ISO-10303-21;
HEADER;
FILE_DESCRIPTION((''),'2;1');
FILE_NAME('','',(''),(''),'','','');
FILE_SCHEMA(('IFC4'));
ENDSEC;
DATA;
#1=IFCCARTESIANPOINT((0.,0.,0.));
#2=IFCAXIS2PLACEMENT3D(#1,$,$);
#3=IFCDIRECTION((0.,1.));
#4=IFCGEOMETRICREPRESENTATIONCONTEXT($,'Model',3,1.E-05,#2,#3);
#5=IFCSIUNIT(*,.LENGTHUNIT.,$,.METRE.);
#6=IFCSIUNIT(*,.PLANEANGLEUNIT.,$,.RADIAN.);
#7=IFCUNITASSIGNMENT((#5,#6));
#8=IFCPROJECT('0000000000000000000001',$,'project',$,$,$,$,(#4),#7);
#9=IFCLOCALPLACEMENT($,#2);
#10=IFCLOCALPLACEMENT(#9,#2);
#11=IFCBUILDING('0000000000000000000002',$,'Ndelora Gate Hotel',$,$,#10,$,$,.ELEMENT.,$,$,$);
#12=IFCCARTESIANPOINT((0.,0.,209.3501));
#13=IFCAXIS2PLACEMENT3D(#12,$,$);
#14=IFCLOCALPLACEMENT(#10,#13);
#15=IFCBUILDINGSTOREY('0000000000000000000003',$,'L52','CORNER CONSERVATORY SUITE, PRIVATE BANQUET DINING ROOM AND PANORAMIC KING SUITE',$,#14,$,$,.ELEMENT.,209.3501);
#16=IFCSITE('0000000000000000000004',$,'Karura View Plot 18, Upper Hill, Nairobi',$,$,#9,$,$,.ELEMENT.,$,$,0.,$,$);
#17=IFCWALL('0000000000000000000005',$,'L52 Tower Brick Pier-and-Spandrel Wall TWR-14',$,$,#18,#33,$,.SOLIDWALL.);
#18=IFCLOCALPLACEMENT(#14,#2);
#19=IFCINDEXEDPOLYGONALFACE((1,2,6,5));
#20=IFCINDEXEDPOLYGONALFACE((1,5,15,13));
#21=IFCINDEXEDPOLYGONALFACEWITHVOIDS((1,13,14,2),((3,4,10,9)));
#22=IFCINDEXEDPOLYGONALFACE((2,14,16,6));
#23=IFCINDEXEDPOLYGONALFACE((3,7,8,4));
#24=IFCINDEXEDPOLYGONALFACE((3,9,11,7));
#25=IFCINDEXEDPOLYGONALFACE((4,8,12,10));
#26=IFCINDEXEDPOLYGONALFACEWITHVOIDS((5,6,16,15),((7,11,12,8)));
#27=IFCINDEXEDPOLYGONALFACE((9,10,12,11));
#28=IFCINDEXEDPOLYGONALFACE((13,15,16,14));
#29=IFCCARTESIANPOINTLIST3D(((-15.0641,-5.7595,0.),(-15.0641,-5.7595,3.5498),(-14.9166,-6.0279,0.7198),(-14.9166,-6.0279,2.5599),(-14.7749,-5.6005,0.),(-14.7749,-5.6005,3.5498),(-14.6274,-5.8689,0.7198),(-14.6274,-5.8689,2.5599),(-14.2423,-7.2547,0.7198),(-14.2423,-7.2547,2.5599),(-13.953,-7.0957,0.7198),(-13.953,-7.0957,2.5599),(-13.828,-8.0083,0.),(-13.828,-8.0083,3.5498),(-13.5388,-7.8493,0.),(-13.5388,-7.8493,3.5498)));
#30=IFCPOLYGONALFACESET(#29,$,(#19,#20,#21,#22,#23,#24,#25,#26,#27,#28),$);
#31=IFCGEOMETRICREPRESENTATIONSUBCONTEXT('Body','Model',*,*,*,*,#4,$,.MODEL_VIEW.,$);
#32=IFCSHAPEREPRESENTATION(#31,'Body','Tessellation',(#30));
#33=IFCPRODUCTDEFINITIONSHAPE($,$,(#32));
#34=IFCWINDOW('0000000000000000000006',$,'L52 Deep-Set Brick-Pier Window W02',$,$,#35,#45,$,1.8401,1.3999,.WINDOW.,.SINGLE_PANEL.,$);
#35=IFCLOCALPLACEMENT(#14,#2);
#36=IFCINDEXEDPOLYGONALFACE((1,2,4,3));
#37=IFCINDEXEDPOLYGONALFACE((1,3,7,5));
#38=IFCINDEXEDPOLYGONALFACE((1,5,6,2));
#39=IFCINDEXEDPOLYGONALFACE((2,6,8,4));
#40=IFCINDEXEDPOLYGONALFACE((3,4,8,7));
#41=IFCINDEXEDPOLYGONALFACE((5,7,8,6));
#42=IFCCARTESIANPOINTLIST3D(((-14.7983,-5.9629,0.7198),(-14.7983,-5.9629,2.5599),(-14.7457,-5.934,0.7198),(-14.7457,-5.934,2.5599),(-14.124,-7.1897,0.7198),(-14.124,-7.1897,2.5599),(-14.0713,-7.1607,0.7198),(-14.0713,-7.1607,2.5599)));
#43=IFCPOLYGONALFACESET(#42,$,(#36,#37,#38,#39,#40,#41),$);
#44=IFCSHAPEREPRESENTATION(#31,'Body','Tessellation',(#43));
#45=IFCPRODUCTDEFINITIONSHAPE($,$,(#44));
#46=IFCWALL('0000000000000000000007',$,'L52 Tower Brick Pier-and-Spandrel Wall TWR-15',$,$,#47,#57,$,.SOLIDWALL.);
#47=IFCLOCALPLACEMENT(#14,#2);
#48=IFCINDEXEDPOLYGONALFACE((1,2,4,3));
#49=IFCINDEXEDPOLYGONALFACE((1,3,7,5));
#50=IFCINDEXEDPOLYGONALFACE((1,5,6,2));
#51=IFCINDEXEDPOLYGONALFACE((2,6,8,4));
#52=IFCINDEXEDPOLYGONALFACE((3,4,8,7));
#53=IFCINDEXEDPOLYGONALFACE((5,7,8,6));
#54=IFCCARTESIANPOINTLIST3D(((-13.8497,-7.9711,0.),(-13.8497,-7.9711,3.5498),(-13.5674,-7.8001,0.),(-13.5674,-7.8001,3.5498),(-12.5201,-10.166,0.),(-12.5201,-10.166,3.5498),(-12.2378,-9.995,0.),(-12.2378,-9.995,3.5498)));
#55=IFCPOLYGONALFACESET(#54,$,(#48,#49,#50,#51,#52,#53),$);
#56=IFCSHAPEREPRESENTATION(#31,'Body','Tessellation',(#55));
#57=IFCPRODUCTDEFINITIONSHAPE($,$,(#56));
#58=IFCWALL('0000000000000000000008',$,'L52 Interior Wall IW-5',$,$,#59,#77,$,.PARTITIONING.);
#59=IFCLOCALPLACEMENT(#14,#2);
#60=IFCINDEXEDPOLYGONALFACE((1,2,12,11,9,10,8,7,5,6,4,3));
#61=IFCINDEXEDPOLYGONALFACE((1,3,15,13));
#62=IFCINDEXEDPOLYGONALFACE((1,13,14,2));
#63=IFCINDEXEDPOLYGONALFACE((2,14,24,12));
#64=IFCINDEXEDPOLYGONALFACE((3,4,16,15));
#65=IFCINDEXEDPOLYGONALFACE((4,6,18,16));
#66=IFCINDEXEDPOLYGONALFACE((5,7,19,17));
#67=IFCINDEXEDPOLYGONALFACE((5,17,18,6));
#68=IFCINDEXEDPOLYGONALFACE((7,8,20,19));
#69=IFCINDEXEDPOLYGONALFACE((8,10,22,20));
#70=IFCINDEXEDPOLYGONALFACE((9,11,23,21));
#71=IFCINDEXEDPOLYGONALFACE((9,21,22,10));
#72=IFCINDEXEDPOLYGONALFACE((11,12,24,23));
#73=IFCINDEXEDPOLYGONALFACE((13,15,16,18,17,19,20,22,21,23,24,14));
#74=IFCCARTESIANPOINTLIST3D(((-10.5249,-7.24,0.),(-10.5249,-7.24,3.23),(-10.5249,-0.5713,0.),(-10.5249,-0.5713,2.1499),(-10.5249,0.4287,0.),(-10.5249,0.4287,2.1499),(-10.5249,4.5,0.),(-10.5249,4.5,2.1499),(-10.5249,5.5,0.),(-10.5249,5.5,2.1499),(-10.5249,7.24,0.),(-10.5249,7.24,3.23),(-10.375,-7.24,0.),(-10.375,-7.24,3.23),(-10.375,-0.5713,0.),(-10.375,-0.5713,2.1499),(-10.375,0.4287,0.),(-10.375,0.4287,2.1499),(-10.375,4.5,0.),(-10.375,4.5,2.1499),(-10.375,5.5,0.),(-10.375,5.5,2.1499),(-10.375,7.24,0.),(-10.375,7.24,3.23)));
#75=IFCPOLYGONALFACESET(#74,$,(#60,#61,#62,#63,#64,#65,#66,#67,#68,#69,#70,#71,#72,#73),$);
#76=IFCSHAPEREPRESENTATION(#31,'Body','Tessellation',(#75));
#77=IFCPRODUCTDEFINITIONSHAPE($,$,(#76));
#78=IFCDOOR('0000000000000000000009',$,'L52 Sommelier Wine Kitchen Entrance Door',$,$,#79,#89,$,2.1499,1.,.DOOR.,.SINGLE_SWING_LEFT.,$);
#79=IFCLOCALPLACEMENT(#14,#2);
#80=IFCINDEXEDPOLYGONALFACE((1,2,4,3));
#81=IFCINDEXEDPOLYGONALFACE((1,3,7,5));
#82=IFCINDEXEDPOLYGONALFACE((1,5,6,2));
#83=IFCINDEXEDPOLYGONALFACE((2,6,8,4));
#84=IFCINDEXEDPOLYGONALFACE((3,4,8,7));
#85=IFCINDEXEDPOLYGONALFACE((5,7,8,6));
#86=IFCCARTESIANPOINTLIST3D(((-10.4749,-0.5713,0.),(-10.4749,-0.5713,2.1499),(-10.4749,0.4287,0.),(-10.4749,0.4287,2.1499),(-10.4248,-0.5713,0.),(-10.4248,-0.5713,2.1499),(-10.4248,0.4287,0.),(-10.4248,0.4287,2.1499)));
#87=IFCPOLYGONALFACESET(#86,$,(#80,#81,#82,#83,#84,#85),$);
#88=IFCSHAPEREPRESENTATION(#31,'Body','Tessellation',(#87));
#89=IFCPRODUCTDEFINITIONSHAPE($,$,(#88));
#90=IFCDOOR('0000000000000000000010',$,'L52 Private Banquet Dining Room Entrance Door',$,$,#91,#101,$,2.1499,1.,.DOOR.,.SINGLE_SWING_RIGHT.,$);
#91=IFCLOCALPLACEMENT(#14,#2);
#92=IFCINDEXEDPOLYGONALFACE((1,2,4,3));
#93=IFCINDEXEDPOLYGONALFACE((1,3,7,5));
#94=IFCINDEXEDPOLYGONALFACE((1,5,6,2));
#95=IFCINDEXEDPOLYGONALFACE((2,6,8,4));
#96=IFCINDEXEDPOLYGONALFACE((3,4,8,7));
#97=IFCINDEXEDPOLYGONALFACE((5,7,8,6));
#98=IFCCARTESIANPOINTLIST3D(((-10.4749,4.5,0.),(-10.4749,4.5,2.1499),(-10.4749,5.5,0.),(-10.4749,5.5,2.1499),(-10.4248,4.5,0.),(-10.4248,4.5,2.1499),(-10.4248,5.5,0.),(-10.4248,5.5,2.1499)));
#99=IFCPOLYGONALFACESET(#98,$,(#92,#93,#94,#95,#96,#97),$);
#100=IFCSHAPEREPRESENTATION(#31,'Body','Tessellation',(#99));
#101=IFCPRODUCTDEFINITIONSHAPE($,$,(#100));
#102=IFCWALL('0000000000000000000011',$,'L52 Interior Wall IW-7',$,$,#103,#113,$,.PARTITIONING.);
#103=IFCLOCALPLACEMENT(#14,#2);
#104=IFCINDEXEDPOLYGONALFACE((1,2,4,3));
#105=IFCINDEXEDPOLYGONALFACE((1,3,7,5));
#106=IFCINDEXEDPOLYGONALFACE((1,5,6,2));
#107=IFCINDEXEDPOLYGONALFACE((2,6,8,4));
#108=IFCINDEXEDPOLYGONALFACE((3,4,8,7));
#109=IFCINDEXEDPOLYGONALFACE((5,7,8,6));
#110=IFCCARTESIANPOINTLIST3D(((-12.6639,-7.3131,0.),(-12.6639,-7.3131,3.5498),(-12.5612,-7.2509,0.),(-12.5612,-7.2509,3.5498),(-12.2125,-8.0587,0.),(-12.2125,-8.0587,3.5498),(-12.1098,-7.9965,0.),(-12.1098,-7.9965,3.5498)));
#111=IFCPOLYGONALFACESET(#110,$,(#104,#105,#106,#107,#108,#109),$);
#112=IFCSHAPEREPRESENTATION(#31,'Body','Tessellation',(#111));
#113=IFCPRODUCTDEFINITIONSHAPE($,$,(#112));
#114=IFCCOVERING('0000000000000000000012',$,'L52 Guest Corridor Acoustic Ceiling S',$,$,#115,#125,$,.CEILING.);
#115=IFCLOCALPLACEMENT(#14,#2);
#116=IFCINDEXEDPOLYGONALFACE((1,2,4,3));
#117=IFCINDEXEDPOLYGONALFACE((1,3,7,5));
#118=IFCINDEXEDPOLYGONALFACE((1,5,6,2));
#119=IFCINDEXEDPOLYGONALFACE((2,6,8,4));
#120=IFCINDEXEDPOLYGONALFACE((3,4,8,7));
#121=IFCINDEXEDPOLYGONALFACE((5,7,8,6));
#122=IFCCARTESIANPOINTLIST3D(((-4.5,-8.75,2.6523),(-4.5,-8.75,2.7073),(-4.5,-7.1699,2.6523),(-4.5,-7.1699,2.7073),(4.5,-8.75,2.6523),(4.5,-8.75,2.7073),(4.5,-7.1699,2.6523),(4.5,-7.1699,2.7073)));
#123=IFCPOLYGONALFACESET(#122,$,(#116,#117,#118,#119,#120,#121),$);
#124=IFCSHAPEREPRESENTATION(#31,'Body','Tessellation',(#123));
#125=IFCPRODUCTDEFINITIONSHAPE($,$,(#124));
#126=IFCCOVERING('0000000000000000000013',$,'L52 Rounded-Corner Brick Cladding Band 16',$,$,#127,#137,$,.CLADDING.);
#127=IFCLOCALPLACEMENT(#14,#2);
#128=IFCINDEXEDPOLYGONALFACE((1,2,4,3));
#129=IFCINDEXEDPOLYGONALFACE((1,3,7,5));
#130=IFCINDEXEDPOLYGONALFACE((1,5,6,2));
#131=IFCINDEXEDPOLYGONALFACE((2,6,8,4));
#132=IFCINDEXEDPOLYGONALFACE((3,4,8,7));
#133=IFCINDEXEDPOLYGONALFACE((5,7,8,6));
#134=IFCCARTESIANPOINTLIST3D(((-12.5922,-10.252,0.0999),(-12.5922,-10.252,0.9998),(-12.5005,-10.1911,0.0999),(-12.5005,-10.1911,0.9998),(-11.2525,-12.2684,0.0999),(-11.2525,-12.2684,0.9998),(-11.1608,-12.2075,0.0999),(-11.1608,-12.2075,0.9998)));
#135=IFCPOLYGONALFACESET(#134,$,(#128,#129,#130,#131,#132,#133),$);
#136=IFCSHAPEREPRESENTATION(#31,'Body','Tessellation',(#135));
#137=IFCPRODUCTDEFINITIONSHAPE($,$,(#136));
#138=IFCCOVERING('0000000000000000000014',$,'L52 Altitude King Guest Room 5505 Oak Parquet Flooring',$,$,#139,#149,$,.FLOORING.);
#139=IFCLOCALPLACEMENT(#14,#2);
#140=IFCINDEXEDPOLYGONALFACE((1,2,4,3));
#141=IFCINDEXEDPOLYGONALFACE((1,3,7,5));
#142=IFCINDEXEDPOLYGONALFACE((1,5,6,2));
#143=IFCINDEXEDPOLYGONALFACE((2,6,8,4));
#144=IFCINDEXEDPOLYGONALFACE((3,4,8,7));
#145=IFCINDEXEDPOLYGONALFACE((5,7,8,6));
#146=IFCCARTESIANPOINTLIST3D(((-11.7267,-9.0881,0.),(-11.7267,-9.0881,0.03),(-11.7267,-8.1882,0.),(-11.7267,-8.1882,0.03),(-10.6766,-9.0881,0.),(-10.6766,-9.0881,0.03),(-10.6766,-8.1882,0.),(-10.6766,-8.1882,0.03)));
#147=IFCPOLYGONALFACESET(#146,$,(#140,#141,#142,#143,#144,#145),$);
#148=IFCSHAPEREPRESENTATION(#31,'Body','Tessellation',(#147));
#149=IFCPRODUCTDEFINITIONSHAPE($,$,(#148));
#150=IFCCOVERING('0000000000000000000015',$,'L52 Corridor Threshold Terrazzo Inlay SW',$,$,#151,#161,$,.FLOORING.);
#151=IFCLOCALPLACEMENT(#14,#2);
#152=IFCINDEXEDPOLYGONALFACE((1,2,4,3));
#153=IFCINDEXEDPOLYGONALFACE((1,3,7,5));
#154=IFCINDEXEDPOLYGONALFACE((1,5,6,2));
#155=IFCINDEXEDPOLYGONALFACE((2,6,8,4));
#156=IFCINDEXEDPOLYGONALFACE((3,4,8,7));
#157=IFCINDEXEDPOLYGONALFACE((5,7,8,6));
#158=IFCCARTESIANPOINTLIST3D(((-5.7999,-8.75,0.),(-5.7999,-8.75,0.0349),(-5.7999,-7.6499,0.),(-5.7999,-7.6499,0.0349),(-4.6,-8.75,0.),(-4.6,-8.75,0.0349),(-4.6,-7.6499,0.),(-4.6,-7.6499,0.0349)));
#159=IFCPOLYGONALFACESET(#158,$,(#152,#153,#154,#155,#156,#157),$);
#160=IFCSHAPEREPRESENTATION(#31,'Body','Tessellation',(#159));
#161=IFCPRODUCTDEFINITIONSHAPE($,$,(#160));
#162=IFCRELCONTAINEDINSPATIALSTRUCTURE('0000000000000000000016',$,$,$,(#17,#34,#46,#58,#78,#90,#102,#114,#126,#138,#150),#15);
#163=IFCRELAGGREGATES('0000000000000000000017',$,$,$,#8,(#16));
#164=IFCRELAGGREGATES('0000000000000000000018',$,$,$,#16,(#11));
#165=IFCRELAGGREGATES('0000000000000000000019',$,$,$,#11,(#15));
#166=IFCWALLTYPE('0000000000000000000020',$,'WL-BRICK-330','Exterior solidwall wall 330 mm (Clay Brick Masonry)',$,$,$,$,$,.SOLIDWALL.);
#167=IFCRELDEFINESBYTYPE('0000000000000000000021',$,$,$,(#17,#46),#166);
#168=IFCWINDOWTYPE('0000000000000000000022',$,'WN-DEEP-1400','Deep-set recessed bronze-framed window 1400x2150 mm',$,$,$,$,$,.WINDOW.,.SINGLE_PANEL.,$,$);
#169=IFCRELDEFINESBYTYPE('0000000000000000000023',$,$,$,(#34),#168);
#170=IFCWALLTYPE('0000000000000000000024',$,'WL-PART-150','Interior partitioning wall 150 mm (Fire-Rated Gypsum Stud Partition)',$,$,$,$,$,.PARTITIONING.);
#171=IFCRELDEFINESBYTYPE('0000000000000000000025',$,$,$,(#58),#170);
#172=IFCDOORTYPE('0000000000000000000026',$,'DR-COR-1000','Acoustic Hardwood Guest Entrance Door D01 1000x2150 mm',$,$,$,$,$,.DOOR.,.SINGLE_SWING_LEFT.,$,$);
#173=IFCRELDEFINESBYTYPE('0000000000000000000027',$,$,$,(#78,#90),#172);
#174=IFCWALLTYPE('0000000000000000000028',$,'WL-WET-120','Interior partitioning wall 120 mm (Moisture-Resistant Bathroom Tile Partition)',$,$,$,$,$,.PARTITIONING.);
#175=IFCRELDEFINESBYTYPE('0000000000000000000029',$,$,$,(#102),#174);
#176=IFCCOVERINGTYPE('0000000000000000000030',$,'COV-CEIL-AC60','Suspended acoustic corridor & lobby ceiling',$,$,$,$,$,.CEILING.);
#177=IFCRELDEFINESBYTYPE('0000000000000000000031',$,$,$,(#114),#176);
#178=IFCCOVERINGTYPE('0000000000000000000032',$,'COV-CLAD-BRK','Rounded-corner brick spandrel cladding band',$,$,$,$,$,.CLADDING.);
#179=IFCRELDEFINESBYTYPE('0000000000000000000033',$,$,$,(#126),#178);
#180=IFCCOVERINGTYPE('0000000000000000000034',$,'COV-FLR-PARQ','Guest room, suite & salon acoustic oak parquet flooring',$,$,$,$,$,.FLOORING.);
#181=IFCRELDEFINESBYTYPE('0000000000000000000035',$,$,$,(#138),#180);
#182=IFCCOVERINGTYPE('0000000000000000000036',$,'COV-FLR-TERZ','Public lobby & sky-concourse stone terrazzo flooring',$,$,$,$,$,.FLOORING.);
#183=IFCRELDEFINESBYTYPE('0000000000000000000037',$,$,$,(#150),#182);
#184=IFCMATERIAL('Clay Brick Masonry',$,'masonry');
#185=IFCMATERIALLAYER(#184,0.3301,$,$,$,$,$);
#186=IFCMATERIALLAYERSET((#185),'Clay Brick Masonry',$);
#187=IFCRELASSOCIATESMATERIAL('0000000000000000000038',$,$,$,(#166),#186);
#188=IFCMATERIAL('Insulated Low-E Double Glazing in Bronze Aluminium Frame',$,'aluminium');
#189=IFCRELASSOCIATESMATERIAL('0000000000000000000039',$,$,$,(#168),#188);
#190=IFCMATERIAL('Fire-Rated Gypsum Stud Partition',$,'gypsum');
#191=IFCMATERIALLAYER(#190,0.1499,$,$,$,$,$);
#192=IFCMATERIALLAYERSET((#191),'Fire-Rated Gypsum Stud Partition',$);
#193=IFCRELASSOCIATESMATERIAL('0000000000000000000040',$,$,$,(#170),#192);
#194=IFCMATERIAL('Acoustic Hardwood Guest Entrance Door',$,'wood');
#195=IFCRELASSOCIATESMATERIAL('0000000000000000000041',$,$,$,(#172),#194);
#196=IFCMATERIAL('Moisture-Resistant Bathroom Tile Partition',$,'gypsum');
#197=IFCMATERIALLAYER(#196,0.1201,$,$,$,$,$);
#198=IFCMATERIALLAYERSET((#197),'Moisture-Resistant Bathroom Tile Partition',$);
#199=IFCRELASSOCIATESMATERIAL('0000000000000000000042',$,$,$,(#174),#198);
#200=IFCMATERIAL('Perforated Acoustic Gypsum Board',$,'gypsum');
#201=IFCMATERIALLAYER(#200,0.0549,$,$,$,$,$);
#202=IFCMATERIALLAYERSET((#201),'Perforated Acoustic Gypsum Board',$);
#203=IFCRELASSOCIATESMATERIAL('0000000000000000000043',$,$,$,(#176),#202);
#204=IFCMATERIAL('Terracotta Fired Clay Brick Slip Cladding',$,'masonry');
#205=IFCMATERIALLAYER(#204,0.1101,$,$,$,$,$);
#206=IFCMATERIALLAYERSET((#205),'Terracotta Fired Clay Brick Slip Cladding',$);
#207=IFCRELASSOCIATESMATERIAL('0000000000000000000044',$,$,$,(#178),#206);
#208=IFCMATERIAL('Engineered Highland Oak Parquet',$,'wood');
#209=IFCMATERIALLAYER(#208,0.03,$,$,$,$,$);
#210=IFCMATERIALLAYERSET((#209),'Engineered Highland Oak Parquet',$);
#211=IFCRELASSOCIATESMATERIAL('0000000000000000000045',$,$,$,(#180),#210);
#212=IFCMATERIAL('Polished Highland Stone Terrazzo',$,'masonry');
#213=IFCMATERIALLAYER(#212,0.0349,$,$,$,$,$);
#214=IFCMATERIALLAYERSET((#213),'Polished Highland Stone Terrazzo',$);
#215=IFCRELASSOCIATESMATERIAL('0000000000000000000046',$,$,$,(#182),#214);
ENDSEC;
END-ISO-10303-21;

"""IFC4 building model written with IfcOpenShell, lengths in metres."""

from ifc_helpers import new_model, si_unit, direction, frame, frame_2d, origin, origin_2d, place, context, subcontext, project, spatial, rectangle, extrude, material, layer, layer_set, type_object, element, fill, save


model = new_model("IFC4")

# Units and contexts
model_context = context("Model", 3, precision=1e-05, world=origin(), true_north=direction((0.0, 1.0)))
body_context = subcontext(model_context, "Body", "Model", "MODEL_VIEW")
ifc_project = project(units=[si_unit("LENGTHUNIT", "METRE"), si_unit("PLANEANGLEUNIT", "RADIAN")], contexts=[model_context])

# Site, building, storey
site_placement = place(None, origin())
site = spatial("IfcSite", under=ifc_project, at=site_placement, Name="Karura View Plot 18, Upper Hill, Nairobi", CompositionType="ELEMENT", RefElevation=0.0)
building_placement = place(site_placement, origin())
building = spatial("IfcBuilding", under=site, at=building_placement, Name="Ndelora Gate Hotel", CompositionType="ELEMENT")
storey_placement = place(building_placement, frame((0.0, 0.0, 209.3501)))
storey = spatial("IfcBuildingStorey", under=building, at=storey_placement, Name="L52", Description="CORNER CONSERVATORY SUITE, PRIVATE BANQUET DINING ROOM AND PANORAMIC KING SUITE", CompositionType="ELEMENT", Elevation=209.3501)

# Wall, opening, window
ifc_material_1 = material(Name="Clay Brick Masonry", Category="masonry")
ifc_layer_1 = layer(ifc_material_1, 0.3301)
ifc_layer_set_1 = layer_set([ifc_layer_1], Name="Clay Brick Masonry")
wall_type_1 = type_object("IfcWallType", Name="WL-BRICK-330", Description="Exterior solidwall wall 330 mm (Clay Brick Masonry)", PredefinedType="SOLIDWALL", material=ifc_layer_set_1)
wall_1_placement = place(storey_placement, frame((-13.6833, -7.929, 0.0), z_axis=(0.0, 0.0, 1.0), x_axis=(-0.481696, 0.876338, 0.0)))
wall_1 = element("IfcWall", 1, at=wall_1_placement, inside=storey, type_object=wall_type_1, Name="L52 Tower Brick Pier-and-Spandrel Wall TWR-14", PredefinedType="SOLIDWALL", context=body_context, shape_type="SweptSolid", body=[
    extrude(rectangle(XDim=2.5662, YDim=0.3301, at=frame_2d((1.2832, 0.0))), origin(), (0.0, 0.0, 1.0), 3.5498),
])
opening_1_placement = place(wall_1_placement, frame((0.8601, 0.0, 0.72)))
opening_1 = element("IfcOpeningElement", 2, at=opening_1_placement, cuts=wall_1, PredefinedType="OPENING", context=body_context, shape_type="SweptSolid", body=[
    extrude(rectangle(XDim=1.3999, YDim=1.8401, at=frame_2d((0.7, 0.9199))), frame((0.0, 0.175, 0.0), z_axis=(0.0, -1.0, 0.0), x_axis=(1.0, 0.0, 0.0)), (0.0, 0.0, 1.0), 0.3501),
])
ifc_material_2 = material(Name="Insulated Low-E Double Glazing in Bronze Aluminium Frame", Category="aluminium")
window_type = type_object("IfcWindowType", Name="WN-DEEP-1400", Description="Deep-set recessed bronze-framed window 1400x2150 mm", PartitioningType="SINGLE_PANEL", PredefinedType="WINDOW", material=ifc_material_2)
window_placement = place(opening_1_placement, origin())
window = element("IfcWindow", 3, at=window_placement, inside=storey, type_object=window_type, Name="L52 Deep-Set Brick-Pier Window W02", OverallHeight=1.8401, OverallWidth=1.3999, PartitioningType="SINGLE_PANEL", PredefinedType="WINDOW", context=body_context, shape_type="SweptSolid", body=[
    extrude(rectangle(XDim=1.3999, YDim=1.8401, at=frame_2d((0.7, 0.9199))), frame((0.0, 0.03, 0.0), z_axis=(0.0, -1.0, 0.0), x_axis=(1.0, 0.0, 0.0)), (0.0, 0.0, 1.0), 0.0601),
])
fill(opening_1, window)

# Wall
wall_2_placement = place(storey_placement, frame((-12.3789, -10.0806, 0.0), z_axis=(0.0, 0.0, 1.0), x_axis=(-0.518129, 0.855303, 0.0)))
element("IfcWall", 4, at=wall_2_placement, inside=storey, type_object=wall_type_1, Name="L52 Tower Brick Pier-and-Spandrel Wall TWR-15", PredefinedType="SOLIDWALL", context=body_context, shape_type="SweptSolid", body=[
    extrude(rectangle(XDim=2.5662, YDim=0.3301, at=frame_2d((1.2832, 0.0))), origin(), (0.0, 0.0, 1.0), 3.5498),
])

# Wall, openings, doors
ifc_material_3 = material(Name="Fire-Rated Gypsum Stud Partition", Category="gypsum")
ifc_layer_2 = layer(ifc_material_3, 0.1499)
ifc_layer_set_2 = layer_set([ifc_layer_2], Name="Fire-Rated Gypsum Stud Partition")
wall_type_2 = type_object("IfcWallType", Name="WL-PART-150", Description="Interior partitioning wall 150 mm (Fire-Rated Gypsum Stud Partition)", PredefinedType="PARTITIONING", material=ifc_layer_set_2)
wall_3_placement = place(storey_placement, frame((-10.45, -7.24, 0.0), z_axis=(0.0, 0.0, 1.0), x_axis=(0.0, 1.0, 0.0)))
wall_3 = element("IfcWall", 5, at=wall_3_placement, inside=storey, type_object=wall_type_2, Name="L52 Interior Wall IW-5", PredefinedType="PARTITIONING", context=body_context, shape_type="SweptSolid", body=[
    extrude(rectangle(XDim=14.48, YDim=0.1499, at=frame_2d((7.24, 0.0))), origin(), (0.0, 0.0, 1.0), 3.23),
])
opening_2_placement = place(wall_3_placement, frame((6.6687, 0.0, 0.0)))
opening_2 = element("IfcOpeningElement", 6, at=opening_2_placement, cuts=wall_3, PredefinedType="OPENING", context=body_context, shape_type="SweptSolid", body=[
    extrude(rectangle(XDim=1.0, YDim=2.1499, at=frame_2d((0.5, 1.075))), frame((0.0, 0.085, 0.0), z_axis=(0.0, -1.0, 0.0), x_axis=(1.0, 0.0, 0.0)), (0.0, 0.0, 1.0), 0.1699),
])
opening_3_placement = place(wall_3_placement, frame((11.74, 0.0, 0.0)))
opening_3 = element("IfcOpeningElement", 7, at=opening_3_placement, cuts=wall_3, PredefinedType="OPENING", context=body_context, shape_type="SweptSolid", body=[
    extrude(rectangle(XDim=1.0, YDim=2.1499, at=frame_2d((0.5, 1.075))), frame((0.0, 0.085, 0.0), z_axis=(0.0, -1.0, 0.0), x_axis=(1.0, 0.0, 0.0)), (0.0, 0.0, 1.0), 0.1699),
])
ifc_material_4 = material(Name="Acoustic Hardwood Guest Entrance Door", Category="wood")
door_type = type_object("IfcDoorType", Name="DR-COR-1000", Description="Acoustic Hardwood Guest Entrance Door D01 1000x2150 mm", OperationType="SINGLE_SWING_LEFT", PredefinedType="DOOR", material=ifc_material_4)
door_1_placement = place(opening_2_placement, origin())
door_1 = element("IfcDoor", 8, at=door_1_placement, inside=storey, type_object=door_type, Name="L52 Sommelier Wine Kitchen Entrance Door", OperationType="SINGLE_SWING_LEFT", OverallHeight=2.1499, OverallWidth=1.0, PredefinedType="DOOR", context=body_context, shape_type="SweptSolid", body=[
    extrude(rectangle(XDim=1.0, YDim=2.1499, at=frame_2d((0.5, 1.075))), frame((0.0, 0.0249, 0.0), z_axis=(0.0, -1.0, 0.0), x_axis=(1.0, 0.0, 0.0)), (0.0, 0.0, 1.0), 0.05),
])
fill(opening_2, door_1)
door_2_placement = place(opening_3_placement, origin())
door_2 = element("IfcDoor", 9, at=door_2_placement, inside=storey, type_object=door_type, Name="L52 Private Banquet Dining Room Entrance Door", OperationType="SINGLE_SWING_RIGHT", OverallHeight=2.1499, OverallWidth=1.0, PredefinedType="DOOR", context=body_context, shape_type="SweptSolid", body=[
    extrude(rectangle(XDim=1.0, YDim=2.1499, at=frame_2d((0.5, 1.075))), frame((0.0, 0.0249, 0.0), z_axis=(0.0, -1.0, 0.0), x_axis=(1.0, 0.0, 0.0)), (0.0, 0.0, 1.0), 0.05),
])
fill(opening_3, door_2)

# Wall
ifc_material_5 = material(Name="Moisture-Resistant Bathroom Tile Partition", Category="gypsum")
ifc_layer_3 = layer(ifc_material_5, 0.1201)
ifc_layer_set_3 = layer_set([ifc_layer_3], Name="Moisture-Resistant Bathroom Tile Partition")
wall_type_3 = type_object("IfcWallType", Name="WL-WET-120", Description="Interior partitioning wall 120 mm (Moisture-Resistant Bathroom Tile Partition)", PredefinedType="PARTITIONING", material=ifc_layer_set_3)
wall_4_placement = place(storey_placement, frame((-12.6125, -7.282, 0.0), z_axis=(0.0, 0.0, 1.0), x_axis=(0.517911, -0.855435, 0.0)))
element("IfcWall", 10, at=wall_4_placement, inside=storey, type_object=wall_type_3, Name="L52 Interior Wall IW-7", PredefinedType="PARTITIONING", context=body_context, shape_type="SweptSolid", body=[
    extrude(rectangle(XDim=0.8716, YDim=0.1201, at=frame_2d((0.4358, 0.0))), origin(), (0.0, 0.0, 1.0), 3.5498),
])

# Coverings
ifc_material_6 = material(Name="Perforated Acoustic Gypsum Board", Category="gypsum")
ifc_layer_4 = layer(ifc_material_6, 0.0549)
ifc_layer_set_4 = layer_set([ifc_layer_4], Name="Perforated Acoustic Gypsum Board")
covering_type_1 = type_object("IfcCoveringType", Name="COV-CEIL-AC60", Description="Suspended acoustic corridor & lobby ceiling", PredefinedType="CEILING", material=ifc_layer_set_4)
covering_1_placement = place(storey_placement, frame((0.0, -7.96, 2.6523), z_axis=(0.0, 0.0, 1.0), x_axis=(1.0, 0.0, 0.0)))
element("IfcCovering", 11, at=covering_1_placement, inside=storey, type_object=covering_type_1, Name="L52 Guest Corridor Acoustic Ceiling S", PredefinedType="CEILING", context=body_context, shape_type="SweptSolid", body=[
    extrude(rectangle(XDim=9.0, YDim=1.5801, at=origin_2d()), origin(), (0.0, 0.0, 1.0), 0.0549),
])
ifc_material_7 = material(Name="Terracotta Fired Clay Brick Slip Cladding", Category="masonry")
ifc_layer_5 = layer(ifc_material_7, 0.1101)
ifc_layer_set_5 = layer_set([ifc_layer_5], Name="Terracotta Fired Clay Brick Slip Cladding")
covering_type_2 = type_object("IfcCoveringType", Name="COV-CLAD-BRK", Description="Rounded-corner brick spandrel cladding band", PredefinedType="CLADDING", material=ifc_layer_set_5)
covering_2_placement = place(storey_placement, frame((-11.8765, -11.2297, 0.0999), z_axis=(0.0, 0.0, 1.0), x_axis=(-0.553392, 0.832921, 0.0)))
element("IfcCovering", 12, at=covering_2_placement, inside=storey, type_object=covering_type_2, Name="L52 Rounded-Corner Brick Cladding Band 16", PredefinedType="CLADDING", context=body_context, shape_type="SweptSolid", body=[
    extrude(rectangle(XDim=2.4209, YDim=0.1101, at=origin_2d()), origin(), (0.0, 0.0, 1.0), 0.8999),
])
ifc_material_8 = material(Name="Engineered Highland Oak Parquet", Category="wood")
ifc_layer_6 = layer(ifc_material_8, 0.03)
ifc_layer_set_6 = layer_set([ifc_layer_6], Name="Engineered Highland Oak Parquet")
covering_type_3 = type_object("IfcCoveringType", Name="COV-FLR-PARQ", Description="Guest room, suite & salon acoustic oak parquet flooring", PredefinedType="FLOORING", material=ifc_layer_set_6)
covering_3_placement = place(storey_placement, frame((-11.2017, -8.6382, 0.0), z_axis=(0.0, 0.0, 1.0), x_axis=(1.0, 0.0, 0.0)))
element("IfcCovering", 13, at=covering_3_placement, inside=storey, type_object=covering_type_3, Name="L52 Altitude King Guest Room 5505 Oak Parquet Flooring", PredefinedType="FLOORING", context=body_context, shape_type="SweptSolid", body=[
    extrude(rectangle(XDim=1.05, YDim=0.8999, at=origin_2d()), origin(), (0.0, 0.0, 1.0), 0.03),
])
ifc_material_9 = material(Name="Polished Highland Stone Terrazzo", Category="masonry")
ifc_layer_7 = layer(ifc_material_9, 0.0349)
ifc_layer_set_7 = layer_set([ifc_layer_7], Name="Polished Highland Stone Terrazzo")
covering_type_4 = type_object("IfcCoveringType", Name="COV-FLR-TERZ", Description="Public lobby & sky-concourse stone terrazzo flooring", PredefinedType="FLOORING", material=ifc_layer_set_7)
covering_4_placement = place(storey_placement, frame((-5.2, -8.2, 0.0), z_axis=(0.0, 0.0, 1.0), x_axis=(1.0, 0.0, 0.0)))
element("IfcCovering", 14, at=covering_4_placement, inside=storey, type_object=covering_type_4, Name="L52 Corridor Threshold Terrazzo Inlay SW", PredefinedType="FLOORING", context=body_context, shape_type="SweptSolid", body=[
    extrude(rectangle(XDim=1.2, YDim=1.1001, at=origin_2d()), origin(), (0.0, 0.0, 1.0), 0.0349),
])

save(model, "model.ifc")
